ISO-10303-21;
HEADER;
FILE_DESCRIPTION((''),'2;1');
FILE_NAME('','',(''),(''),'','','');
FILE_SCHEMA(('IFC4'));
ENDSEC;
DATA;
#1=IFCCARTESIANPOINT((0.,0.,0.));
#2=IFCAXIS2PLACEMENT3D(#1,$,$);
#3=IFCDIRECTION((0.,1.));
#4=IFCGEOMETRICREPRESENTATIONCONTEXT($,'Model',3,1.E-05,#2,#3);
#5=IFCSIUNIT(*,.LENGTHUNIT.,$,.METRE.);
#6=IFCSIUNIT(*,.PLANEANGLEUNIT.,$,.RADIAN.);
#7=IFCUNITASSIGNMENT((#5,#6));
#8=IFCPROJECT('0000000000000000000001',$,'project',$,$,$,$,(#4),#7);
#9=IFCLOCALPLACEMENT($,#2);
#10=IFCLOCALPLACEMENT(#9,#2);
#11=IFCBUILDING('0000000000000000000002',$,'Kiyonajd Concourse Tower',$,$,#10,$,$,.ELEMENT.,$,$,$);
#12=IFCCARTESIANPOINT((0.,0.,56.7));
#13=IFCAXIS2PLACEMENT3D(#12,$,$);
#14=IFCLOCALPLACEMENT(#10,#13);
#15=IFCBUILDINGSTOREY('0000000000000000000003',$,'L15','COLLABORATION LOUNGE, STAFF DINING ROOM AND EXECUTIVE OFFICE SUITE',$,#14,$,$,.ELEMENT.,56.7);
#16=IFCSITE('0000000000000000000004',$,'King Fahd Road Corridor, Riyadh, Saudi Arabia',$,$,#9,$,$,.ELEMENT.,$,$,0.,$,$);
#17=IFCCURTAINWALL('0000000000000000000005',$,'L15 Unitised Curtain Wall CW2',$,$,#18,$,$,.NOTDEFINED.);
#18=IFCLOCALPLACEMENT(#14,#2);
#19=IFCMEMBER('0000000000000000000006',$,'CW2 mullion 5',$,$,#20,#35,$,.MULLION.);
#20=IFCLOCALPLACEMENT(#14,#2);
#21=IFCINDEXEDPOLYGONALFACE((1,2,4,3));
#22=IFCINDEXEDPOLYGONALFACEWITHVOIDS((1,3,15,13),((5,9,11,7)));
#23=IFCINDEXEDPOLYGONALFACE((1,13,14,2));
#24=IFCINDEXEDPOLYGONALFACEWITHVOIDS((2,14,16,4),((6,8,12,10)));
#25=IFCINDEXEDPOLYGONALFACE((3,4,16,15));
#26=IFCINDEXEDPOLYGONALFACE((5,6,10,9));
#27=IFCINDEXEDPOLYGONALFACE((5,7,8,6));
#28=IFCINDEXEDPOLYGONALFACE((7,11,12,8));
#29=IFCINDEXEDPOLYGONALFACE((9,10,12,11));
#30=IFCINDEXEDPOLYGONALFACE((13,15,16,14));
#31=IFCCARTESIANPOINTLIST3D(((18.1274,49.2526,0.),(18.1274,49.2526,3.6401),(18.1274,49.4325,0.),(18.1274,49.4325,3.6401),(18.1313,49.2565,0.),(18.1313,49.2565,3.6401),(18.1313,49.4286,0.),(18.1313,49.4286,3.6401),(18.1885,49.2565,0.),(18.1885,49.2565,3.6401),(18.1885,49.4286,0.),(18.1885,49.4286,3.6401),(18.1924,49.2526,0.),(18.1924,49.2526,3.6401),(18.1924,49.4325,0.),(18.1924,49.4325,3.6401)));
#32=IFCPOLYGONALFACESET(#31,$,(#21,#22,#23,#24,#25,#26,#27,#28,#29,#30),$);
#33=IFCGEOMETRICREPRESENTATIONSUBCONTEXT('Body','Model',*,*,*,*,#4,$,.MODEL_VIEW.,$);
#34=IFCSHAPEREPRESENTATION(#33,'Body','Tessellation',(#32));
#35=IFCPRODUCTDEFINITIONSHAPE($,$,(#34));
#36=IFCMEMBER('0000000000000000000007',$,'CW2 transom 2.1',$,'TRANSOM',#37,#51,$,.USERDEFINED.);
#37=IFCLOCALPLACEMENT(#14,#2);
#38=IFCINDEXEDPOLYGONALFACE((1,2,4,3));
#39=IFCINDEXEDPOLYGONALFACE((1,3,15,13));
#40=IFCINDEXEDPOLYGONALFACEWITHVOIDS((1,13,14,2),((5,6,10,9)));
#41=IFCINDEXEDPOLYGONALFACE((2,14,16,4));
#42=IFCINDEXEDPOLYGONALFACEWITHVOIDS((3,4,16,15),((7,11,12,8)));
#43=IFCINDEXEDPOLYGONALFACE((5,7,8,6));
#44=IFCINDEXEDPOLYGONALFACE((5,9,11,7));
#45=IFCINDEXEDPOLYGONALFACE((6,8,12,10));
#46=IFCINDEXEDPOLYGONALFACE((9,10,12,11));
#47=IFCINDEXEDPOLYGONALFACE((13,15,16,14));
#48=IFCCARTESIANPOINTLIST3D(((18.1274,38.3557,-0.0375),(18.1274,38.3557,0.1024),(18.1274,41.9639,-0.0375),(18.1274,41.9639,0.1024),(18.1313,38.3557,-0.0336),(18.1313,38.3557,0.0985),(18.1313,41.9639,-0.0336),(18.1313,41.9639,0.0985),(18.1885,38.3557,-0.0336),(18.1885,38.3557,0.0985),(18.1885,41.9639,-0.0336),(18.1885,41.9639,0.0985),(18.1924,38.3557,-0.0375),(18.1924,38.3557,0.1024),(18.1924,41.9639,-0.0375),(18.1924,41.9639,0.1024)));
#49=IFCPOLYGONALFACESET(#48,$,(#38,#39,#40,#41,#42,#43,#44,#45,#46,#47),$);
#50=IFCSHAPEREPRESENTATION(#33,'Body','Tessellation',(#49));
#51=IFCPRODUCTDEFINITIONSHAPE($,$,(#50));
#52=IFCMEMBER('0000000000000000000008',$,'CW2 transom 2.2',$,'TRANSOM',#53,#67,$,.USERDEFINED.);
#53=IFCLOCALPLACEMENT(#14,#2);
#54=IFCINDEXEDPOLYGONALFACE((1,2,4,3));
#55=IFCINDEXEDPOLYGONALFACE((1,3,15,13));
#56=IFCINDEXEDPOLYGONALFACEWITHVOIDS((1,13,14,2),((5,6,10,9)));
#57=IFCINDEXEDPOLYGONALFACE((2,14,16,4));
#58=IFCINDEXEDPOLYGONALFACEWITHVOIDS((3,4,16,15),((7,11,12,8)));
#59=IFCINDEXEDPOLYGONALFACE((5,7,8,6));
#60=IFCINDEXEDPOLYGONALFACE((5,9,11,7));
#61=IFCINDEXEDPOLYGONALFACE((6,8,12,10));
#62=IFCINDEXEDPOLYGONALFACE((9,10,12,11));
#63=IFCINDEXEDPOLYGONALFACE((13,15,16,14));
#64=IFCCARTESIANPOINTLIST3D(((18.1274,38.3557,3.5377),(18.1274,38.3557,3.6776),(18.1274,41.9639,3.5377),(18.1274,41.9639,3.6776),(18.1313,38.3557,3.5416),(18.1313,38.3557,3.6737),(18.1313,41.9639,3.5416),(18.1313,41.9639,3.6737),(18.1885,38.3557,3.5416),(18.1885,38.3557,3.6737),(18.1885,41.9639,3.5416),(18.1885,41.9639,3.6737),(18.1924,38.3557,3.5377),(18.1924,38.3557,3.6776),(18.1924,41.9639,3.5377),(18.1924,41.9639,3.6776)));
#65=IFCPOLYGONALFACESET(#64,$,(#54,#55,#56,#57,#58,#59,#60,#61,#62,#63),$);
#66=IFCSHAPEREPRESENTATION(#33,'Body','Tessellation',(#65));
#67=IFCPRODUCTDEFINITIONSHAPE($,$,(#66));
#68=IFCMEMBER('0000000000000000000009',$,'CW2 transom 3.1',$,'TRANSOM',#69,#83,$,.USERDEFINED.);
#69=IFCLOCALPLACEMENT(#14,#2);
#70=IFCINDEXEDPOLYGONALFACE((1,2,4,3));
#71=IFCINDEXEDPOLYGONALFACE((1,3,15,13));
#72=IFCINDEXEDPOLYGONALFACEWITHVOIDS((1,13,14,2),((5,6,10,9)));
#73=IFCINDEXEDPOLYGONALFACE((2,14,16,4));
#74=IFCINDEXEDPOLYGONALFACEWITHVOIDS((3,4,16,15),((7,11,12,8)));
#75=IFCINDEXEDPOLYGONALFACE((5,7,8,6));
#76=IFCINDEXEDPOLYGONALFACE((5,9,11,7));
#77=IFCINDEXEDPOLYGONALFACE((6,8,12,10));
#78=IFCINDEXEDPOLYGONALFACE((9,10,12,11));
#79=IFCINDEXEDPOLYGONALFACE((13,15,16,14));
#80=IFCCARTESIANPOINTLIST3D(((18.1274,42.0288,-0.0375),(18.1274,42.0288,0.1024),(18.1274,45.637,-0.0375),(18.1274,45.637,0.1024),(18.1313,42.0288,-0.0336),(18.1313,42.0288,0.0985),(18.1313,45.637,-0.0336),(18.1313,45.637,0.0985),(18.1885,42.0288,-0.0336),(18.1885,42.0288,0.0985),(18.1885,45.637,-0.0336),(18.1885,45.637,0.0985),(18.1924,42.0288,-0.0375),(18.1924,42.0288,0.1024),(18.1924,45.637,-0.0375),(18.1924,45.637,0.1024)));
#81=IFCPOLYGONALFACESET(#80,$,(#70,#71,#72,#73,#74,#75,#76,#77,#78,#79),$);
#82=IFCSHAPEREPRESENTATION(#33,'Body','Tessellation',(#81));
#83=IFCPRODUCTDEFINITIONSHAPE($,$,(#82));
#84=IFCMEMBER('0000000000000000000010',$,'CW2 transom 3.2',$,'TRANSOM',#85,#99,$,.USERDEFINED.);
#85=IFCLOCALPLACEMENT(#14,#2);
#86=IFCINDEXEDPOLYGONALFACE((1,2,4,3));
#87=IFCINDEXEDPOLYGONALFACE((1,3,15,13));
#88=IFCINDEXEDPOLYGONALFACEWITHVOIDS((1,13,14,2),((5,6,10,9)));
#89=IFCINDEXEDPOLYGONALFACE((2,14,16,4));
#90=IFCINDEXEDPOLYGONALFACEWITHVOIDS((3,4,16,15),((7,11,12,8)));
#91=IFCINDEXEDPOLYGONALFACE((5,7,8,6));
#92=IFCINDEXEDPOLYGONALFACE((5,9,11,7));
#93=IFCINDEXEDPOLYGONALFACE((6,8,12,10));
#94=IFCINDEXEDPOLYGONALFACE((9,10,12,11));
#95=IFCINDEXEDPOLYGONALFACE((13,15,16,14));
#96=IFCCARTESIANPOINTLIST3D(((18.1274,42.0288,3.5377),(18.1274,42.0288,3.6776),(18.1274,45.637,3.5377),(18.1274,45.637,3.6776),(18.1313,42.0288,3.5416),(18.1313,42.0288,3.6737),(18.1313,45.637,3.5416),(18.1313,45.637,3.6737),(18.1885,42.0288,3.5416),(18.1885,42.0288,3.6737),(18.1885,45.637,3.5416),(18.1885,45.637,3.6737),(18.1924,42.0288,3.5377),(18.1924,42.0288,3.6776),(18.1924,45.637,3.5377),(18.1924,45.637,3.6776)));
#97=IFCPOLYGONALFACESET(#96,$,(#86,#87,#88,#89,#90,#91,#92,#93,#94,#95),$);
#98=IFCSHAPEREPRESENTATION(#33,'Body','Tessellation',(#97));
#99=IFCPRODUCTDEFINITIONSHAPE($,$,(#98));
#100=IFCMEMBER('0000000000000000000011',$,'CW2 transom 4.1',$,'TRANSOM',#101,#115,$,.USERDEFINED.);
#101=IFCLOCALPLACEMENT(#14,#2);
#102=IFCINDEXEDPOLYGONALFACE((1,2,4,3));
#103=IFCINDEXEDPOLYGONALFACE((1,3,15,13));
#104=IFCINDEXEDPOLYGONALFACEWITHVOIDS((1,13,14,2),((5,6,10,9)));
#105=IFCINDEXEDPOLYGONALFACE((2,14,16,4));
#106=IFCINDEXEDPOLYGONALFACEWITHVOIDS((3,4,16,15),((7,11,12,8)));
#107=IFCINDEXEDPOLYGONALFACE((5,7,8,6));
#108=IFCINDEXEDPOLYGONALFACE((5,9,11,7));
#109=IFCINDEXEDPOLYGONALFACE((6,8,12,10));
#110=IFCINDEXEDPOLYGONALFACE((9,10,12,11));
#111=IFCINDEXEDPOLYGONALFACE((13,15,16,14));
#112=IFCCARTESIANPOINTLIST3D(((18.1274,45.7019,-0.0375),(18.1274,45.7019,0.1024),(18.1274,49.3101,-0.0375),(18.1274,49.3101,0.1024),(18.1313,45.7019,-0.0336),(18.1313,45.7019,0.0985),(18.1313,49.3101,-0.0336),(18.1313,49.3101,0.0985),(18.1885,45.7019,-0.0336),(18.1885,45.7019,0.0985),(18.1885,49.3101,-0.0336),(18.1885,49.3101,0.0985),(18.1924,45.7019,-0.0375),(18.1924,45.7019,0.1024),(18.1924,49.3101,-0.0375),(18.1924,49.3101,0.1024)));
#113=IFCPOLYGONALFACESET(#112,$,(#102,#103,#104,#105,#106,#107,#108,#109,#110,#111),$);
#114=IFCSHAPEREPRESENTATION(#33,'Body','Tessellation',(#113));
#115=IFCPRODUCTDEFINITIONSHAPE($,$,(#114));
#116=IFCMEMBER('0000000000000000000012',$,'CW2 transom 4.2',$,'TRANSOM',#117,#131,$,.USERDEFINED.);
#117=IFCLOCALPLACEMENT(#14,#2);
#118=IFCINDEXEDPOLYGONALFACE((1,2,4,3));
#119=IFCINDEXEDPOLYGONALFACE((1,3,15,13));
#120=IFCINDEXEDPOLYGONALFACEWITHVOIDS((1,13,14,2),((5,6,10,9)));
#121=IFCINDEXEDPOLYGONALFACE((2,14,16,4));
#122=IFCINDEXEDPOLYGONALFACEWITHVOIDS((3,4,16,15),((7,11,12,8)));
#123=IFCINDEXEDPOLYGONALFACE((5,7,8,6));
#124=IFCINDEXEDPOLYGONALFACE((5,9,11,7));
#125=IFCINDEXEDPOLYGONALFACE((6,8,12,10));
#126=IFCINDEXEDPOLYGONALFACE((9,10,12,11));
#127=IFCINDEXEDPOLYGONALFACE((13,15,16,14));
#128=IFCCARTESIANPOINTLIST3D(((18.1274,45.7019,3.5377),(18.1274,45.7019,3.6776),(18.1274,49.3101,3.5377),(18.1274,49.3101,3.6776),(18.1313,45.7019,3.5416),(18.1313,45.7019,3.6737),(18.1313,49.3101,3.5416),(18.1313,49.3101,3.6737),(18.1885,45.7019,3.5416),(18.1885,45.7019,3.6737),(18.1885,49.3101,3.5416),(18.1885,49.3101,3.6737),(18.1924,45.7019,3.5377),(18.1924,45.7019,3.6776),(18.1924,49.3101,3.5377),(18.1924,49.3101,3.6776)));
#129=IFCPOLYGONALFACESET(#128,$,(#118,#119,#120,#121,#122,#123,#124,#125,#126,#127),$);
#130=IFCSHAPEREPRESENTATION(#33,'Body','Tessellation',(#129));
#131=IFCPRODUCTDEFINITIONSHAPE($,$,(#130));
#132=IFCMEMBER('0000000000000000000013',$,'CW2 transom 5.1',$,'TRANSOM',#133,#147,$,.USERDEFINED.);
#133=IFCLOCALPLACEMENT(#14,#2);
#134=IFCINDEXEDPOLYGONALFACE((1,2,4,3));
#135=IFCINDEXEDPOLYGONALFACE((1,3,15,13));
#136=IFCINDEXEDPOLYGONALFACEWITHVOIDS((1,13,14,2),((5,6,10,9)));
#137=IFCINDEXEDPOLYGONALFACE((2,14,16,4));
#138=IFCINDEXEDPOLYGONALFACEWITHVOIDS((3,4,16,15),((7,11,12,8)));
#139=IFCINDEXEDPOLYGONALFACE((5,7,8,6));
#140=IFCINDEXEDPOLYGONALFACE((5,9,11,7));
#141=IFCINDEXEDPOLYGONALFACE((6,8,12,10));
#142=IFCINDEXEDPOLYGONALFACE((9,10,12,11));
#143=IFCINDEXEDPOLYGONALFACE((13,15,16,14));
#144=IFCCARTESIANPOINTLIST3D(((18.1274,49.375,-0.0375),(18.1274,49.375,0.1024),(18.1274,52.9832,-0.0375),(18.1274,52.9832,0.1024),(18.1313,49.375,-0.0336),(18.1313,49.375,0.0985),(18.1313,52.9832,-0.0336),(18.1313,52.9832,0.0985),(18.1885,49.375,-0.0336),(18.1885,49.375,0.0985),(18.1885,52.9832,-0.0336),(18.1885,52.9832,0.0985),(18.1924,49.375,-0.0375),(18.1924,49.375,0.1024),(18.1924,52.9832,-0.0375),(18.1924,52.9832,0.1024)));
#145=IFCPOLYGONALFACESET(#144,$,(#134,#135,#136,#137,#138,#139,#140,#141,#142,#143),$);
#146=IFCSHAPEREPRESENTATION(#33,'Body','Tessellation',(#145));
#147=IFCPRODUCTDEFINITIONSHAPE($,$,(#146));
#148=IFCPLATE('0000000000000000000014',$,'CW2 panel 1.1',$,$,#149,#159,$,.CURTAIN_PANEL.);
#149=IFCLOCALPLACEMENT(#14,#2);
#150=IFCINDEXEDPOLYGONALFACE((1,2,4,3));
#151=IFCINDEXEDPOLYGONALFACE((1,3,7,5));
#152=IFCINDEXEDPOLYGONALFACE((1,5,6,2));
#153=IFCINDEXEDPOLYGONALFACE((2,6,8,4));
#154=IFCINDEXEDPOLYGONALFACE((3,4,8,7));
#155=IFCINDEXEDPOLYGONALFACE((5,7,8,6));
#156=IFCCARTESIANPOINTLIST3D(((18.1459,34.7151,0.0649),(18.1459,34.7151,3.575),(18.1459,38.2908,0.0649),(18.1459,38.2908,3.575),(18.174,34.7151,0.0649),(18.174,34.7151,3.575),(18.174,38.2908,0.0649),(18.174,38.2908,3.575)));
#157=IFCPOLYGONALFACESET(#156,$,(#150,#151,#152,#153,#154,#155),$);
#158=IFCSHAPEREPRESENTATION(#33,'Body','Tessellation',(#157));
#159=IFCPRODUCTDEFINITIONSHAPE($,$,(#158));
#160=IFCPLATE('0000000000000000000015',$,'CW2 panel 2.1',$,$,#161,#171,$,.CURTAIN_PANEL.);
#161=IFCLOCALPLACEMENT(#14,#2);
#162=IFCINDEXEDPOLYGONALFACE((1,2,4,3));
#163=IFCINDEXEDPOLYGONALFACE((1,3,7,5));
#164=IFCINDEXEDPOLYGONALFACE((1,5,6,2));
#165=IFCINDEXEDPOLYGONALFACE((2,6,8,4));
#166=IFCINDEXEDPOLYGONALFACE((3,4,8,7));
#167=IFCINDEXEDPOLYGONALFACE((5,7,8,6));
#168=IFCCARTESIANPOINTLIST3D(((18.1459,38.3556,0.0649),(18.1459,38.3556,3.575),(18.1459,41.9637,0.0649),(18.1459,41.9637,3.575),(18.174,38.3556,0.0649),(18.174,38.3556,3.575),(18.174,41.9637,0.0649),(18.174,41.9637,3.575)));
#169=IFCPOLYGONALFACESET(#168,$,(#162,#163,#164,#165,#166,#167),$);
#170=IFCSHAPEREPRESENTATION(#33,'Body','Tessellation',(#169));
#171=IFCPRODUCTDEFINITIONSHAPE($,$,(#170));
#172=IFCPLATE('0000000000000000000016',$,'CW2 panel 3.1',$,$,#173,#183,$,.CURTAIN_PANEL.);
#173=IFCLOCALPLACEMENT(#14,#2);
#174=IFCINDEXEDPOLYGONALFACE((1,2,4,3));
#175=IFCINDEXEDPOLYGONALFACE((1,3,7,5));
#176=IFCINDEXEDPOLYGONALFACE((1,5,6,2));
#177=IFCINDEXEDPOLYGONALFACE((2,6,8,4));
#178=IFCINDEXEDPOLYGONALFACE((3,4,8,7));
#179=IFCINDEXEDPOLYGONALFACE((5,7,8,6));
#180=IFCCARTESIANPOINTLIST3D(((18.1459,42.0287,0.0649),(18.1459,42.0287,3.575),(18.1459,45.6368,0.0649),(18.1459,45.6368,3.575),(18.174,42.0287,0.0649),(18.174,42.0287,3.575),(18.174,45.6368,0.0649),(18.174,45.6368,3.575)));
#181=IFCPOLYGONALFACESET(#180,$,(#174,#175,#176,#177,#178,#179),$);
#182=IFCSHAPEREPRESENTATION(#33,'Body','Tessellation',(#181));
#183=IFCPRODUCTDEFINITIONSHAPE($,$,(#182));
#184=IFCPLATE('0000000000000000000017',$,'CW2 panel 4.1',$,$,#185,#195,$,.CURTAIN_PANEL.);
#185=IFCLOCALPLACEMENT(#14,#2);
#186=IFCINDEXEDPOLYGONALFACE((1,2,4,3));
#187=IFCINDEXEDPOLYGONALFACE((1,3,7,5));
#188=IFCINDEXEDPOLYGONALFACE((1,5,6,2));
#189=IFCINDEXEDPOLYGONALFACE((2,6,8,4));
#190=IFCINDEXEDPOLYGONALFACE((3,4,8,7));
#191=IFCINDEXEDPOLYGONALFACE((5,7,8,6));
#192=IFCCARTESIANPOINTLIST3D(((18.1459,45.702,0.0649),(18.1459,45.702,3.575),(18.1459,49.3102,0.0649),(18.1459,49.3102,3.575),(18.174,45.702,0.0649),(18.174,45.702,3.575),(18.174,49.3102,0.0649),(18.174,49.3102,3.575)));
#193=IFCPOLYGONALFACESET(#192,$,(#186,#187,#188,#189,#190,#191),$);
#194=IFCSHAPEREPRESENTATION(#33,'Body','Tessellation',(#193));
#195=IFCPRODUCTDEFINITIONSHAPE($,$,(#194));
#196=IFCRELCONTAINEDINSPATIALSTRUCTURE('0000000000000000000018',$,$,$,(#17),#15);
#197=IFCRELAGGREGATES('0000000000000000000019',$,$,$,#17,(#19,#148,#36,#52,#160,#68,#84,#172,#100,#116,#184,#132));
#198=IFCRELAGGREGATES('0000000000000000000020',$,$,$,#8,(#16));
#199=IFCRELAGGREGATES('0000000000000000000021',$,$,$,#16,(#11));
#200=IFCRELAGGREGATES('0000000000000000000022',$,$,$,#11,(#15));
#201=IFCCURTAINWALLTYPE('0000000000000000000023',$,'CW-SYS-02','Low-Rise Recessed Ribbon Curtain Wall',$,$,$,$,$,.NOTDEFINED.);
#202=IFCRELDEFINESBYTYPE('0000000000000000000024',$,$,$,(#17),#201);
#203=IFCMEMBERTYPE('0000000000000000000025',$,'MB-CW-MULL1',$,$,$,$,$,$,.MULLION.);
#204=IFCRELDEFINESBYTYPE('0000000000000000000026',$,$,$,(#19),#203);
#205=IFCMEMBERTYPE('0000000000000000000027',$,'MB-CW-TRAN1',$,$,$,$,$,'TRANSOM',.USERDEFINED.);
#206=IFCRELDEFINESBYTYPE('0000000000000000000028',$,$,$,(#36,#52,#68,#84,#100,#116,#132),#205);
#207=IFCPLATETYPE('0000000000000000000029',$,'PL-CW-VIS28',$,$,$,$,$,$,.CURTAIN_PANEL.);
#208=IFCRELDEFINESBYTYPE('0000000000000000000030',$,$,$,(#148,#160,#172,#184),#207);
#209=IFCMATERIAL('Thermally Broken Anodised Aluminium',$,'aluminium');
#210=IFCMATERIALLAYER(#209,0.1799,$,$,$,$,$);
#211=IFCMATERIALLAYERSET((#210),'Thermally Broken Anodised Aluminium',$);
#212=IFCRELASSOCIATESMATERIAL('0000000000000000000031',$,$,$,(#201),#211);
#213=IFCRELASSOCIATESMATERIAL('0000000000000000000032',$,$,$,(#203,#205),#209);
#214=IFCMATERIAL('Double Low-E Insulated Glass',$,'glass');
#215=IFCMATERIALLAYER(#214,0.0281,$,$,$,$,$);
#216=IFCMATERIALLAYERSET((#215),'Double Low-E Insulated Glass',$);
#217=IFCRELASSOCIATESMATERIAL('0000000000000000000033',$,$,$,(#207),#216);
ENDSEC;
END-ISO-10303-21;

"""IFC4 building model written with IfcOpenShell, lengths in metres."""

from ifc_helpers import new_model, si_unit, direction, frame, origin, origin_2d, place, context, subcontext, project, spatial, rectangle, hollow_rectangle, extrude, material, layer, layer_set, material_profile, profile_set, type_object, element, aggregate, save


model = new_model("IFC4")

# Units and contexts
model_context = context("Model", 3, precision=1e-05, world=origin(), true_north=direction((0.0, 1.0)))
body_context = subcontext(model_context, "Body", "Model", "MODEL_VIEW")
ifc_project = project(units=[si_unit("LENGTHUNIT", "METRE"), si_unit("PLANEANGLEUNIT", "RADIAN")], contexts=[model_context])

# Site, building, storey
site_placement = place(None, origin())
site = spatial("IfcSite", under=ifc_project, at=site_placement, Name="King Fahd Road Corridor, Riyadh, Saudi Arabia", CompositionType="ELEMENT", RefElevation=0.0)
building_placement = place(site_placement, origin())
building = spatial("IfcBuilding", under=site, at=building_placement, Name="Kiyonajd Concourse Tower", CompositionType="ELEMENT")
storey_placement = place(building_placement, frame((0.0, 0.0, 56.7)))
storey = spatial("IfcBuildingStorey", under=building, at=storey_placement, Name="L15", Description="COLLABORATION LOUNGE, STAFF DINING ROOM AND EXECUTIVE OFFICE SUITE", CompositionType="ELEMENT", Elevation=56.7)

# Curtain wall, members, plates
ifc_material_1 = material(Name="Thermally Broken Anodised Aluminium", Category="aluminium")
ifc_layer_1 = layer(ifc_material_1, 0.1799)
ifc_layer_set_1 = layer_set([ifc_layer_1], Name="Thermally Broken Anodised Aluminium")
curtain_wall_type = type_object("IfcCurtainWallType", Name="CW-SYS-02", Description="Low-Rise Recessed Ribbon Curtain Wall", PredefinedType="NOTDEFINED", material=ifc_layer_set_1)
curtain_wall_placement = place(storey_placement, origin())
curtain_wall = element("IfcCurtainWall", 1, at=curtain_wall_placement, inside=storey, type_object=curtain_wall_type, Name="L15 Unitised Curtain Wall CW2", PredefinedType="NOTDEFINED")
ifc_material_profile_1 = material_profile(ifc_material_1, hollow_rectangle(XDim=0.0649, YDim=0.1799, WallThickness=0.0039, at=origin_2d()), Name="MULL-65x180")
ifc_profile_set_1 = profile_set([ifc_material_profile_1], Name="Thermally Broken Anodised Aluminium")
member_type_1 = type_object("IfcMemberType", Name="MB-CW-MULL1", PredefinedType="MULLION", material=ifc_profile_set_1)
member_1_placement = place(storey_placement, frame((18.1599, 49.3425, 0.0), z_axis=(0.0, 0.0, 1.0), x_axis=(-1.0, 0.0, 0.0)))
member_1 = element("IfcMember", 2, at=member_1_placement, type_object=member_type_1, Name="CW2 mullion 5", PredefinedType="MULLION", context=body_context, shape_type="SweptSolid", body=[
    extrude(hollow_rectangle(XDim=0.0649, YDim=0.1799, WallThickness=0.0039, at=origin_2d()), origin(), (0.0, 0.0, 1.0), 3.6401),
])
ifc_material_profile_2 = material_profile(ifc_material_1, hollow_rectangle(XDim=0.0649, YDim=0.1399, WallThickness=0.0039, at=origin_2d()), Name="TRAN-65x140")
ifc_profile_set_2 = profile_set([ifc_material_profile_2], Name="Thermally Broken Anodised Aluminium")
member_type_2 = type_object("IfcMemberType", Name="MB-CW-TRAN1", ElementType="TRANSOM", PredefinedType="USERDEFINED", material=ifc_profile_set_2)
member_2_placement = place(storey_placement, frame((18.1599, 38.3557, 0.0325), z_axis=(0.0, 1.0, 0.0), x_axis=(-1.0, 0.0, 0.0)))
member_2 = element("IfcMember", 3, at=member_2_placement, type_object=member_type_2, Name="CW2 transom 2.1", ObjectType="TRANSOM", PredefinedType="USERDEFINED", context=body_context, shape_type="SweptSolid", body=[
    extrude(hollow_rectangle(XDim=0.0649, YDim=0.1399, WallThickness=0.0039, at=origin_2d()), origin(), (0.0, 0.0, 1.0), 3.6082),
])
member_3_placement = place(storey_placement, frame((18.1599, 38.3557, 3.6077), z_axis=(0.0, 1.0, 0.0), x_axis=(-1.0, 0.0, 0.0)))
member_3 = element("IfcMember", 4, at=member_3_placement, type_object=member_type_2, Name="CW2 transom 2.2", ObjectType="TRANSOM", PredefinedType="USERDEFINED", context=body_context, shape_type="SweptSolid", body=[
    extrude(hollow_rectangle(XDim=0.0649, YDim=0.1399, WallThickness=0.0039, at=origin_2d()), origin(), (0.0, 0.0, 1.0), 3.6082),
])
member_4_placement = place(storey_placement, frame((18.1599, 42.0288, 0.0325), z_axis=(0.0, 1.0, 0.0), x_axis=(-1.0, 0.0, 0.0)))
member_4 = element("IfcMember", 5, at=member_4_placement, type_object=member_type_2, Name="CW2 transom 3.1", ObjectType="TRANSOM", PredefinedType="USERDEFINED", context=body_context, shape_type="SweptSolid", body=[
    extrude(hollow_rectangle(XDim=0.0649, YDim=0.1399, WallThickness=0.0039, at=origin_2d()), origin(), (0.0, 0.0, 1.0), 3.6082),
])
member_5_placement = place(storey_placement, frame((18.1599, 42.0288, 3.6077), z_axis=(0.0, 1.0, 0.0), x_axis=(-1.0, 0.0, 0.0)))
member_5 = element("IfcMember", 6, at=member_5_placement, type_object=member_type_2, Name="CW2 transom 3.2", ObjectType="TRANSOM", PredefinedType="USERDEFINED", context=body_context, shape_type="SweptSolid", body=[
    extrude(hollow_rectangle(XDim=0.0649, YDim=0.1399, WallThickness=0.0039, at=origin_2d()), origin(), (0.0, 0.0, 1.0), 3.6082),
])
member_6_placement = place(storey_placement, frame((18.1599, 45.7019, 0.0325), z_axis=(0.0, 1.0, 0.0), x_axis=(-1.0, 0.0, 0.0)))
member_6 = element("IfcMember", 7, at=member_6_placement, type_object=member_type_2, Name="CW2 transom 4.1", ObjectType="TRANSOM", PredefinedType="USERDEFINED", context=body_context, shape_type="SweptSolid", body=[
    extrude(hollow_rectangle(XDim=0.0649, YDim=0.1399, WallThickness=0.0039, at=origin_2d()), origin(), (0.0, 0.0, 1.0), 3.6082),
])
member_7_placement = place(storey_placement, frame((18.1599, 45.7019, 3.6077), z_axis=(0.0, 1.0, 0.0), x_axis=(-1.0, 0.0, 0.0)))
member_7 = element("IfcMember", 8, at=member_7_placement, type_object=member_type_2, Name="CW2 transom 4.2", ObjectType="TRANSOM", PredefinedType="USERDEFINED", context=body_context, shape_type="SweptSolid", body=[
    extrude(hollow_rectangle(XDim=0.0649, YDim=0.1399, WallThickness=0.0039, at=origin_2d()), origin(), (0.0, 0.0, 1.0), 3.6082),
])
member_8_placement = place(storey_placement, frame((18.1599, 49.375, 0.0325), z_axis=(0.0, 1.0, 0.0), x_axis=(-1.0, 0.0, 0.0)))
member_8 = element("IfcMember", 9, at=member_8_placement, type_object=member_type_2, Name="CW2 transom 5.1", ObjectType="TRANSOM", PredefinedType="USERDEFINED", context=body_context, shape_type="SweptSolid", body=[
    extrude(hollow_rectangle(XDim=0.0649, YDim=0.1399, WallThickness=0.0039, at=origin_2d()), origin(), (0.0, 0.0, 1.0), 3.6082),
])
ifc_material_2 = material(Name="Double Low-E Insulated Glass", Category="glass")
ifc_layer_2 = layer(ifc_material_2, 0.0281)
ifc_layer_set_2 = layer_set([ifc_layer_2], Name="Double Low-E Insulated Glass")
plate_type = type_object("IfcPlateType", Name="PL-CW-VIS28", PredefinedType="CURTAIN_PANEL", material=ifc_layer_set_2)
plate_1_placement = place(storey_placement, frame((18.1599, 36.5029, 0.0649), z_axis=(0.0, 0.0, 1.0), x_axis=(0.0, 1.0, 0.0)))
plate_1 = element("IfcPlate", 10, at=plate_1_placement, type_object=plate_type, Name="CW2 panel 1.1", PredefinedType="CURTAIN_PANEL", context=body_context, shape_type="SweptSolid", body=[
    extrude(rectangle(XDim=3.5757, YDim=0.0281, at=origin_2d()), origin(), (0.0, 0.0, 1.0), 3.51),
])
plate_2_placement = place(storey_placement, frame((18.1599, 40.1597, 0.0649), z_axis=(0.0, 0.0, 1.0), x_axis=(0.0, 1.0, 0.0)))
plate_2 = element("IfcPlate", 11, at=plate_2_placement, type_object=plate_type, Name="CW2 panel 2.1", PredefinedType="CURTAIN_PANEL", context=body_context, shape_type="SweptSolid", body=[
    extrude(rectangle(XDim=3.6082, YDim=0.0281, at=origin_2d()), origin(), (0.0, 0.0, 1.0), 3.51),
])
plate_3_placement = place(storey_placement, frame((18.1599, 43.8328, 0.0649), z_axis=(0.0, 0.0, 1.0), x_axis=(0.0, 1.0, 0.0)))
plate_3 = element("IfcPlate", 12, at=plate_3_placement, type_object=plate_type, Name="CW2 panel 3.1", PredefinedType="CURTAIN_PANEL", context=body_context, shape_type="SweptSolid", body=[
    extrude(rectangle(XDim=3.6082, YDim=0.0281, at=origin_2d()), origin(), (0.0, 0.0, 1.0), 3.51),
])
plate_4_placement = place(storey_placement, frame((18.1599, 47.5061, 0.0649), z_axis=(0.0, 0.0, 1.0), x_axis=(0.0, 1.0, 0.0)))
plate_4 = element("IfcPlate", 13, at=plate_4_placement, type_object=plate_type, Name="CW2 panel 4.1", PredefinedType="CURTAIN_PANEL", context=body_context, shape_type="SweptSolid", body=[
    extrude(rectangle(XDim=3.6082, YDim=0.0281, at=origin_2d()), origin(), (0.0, 0.0, 1.0), 3.51),
])
aggregate(curtain_wall, [member_1, plate_1, member_2, member_3, plate_2, member_4, member_5, plate_3, member_6, member_7, plate_4, member_8])

save(model, "model.ifc")
